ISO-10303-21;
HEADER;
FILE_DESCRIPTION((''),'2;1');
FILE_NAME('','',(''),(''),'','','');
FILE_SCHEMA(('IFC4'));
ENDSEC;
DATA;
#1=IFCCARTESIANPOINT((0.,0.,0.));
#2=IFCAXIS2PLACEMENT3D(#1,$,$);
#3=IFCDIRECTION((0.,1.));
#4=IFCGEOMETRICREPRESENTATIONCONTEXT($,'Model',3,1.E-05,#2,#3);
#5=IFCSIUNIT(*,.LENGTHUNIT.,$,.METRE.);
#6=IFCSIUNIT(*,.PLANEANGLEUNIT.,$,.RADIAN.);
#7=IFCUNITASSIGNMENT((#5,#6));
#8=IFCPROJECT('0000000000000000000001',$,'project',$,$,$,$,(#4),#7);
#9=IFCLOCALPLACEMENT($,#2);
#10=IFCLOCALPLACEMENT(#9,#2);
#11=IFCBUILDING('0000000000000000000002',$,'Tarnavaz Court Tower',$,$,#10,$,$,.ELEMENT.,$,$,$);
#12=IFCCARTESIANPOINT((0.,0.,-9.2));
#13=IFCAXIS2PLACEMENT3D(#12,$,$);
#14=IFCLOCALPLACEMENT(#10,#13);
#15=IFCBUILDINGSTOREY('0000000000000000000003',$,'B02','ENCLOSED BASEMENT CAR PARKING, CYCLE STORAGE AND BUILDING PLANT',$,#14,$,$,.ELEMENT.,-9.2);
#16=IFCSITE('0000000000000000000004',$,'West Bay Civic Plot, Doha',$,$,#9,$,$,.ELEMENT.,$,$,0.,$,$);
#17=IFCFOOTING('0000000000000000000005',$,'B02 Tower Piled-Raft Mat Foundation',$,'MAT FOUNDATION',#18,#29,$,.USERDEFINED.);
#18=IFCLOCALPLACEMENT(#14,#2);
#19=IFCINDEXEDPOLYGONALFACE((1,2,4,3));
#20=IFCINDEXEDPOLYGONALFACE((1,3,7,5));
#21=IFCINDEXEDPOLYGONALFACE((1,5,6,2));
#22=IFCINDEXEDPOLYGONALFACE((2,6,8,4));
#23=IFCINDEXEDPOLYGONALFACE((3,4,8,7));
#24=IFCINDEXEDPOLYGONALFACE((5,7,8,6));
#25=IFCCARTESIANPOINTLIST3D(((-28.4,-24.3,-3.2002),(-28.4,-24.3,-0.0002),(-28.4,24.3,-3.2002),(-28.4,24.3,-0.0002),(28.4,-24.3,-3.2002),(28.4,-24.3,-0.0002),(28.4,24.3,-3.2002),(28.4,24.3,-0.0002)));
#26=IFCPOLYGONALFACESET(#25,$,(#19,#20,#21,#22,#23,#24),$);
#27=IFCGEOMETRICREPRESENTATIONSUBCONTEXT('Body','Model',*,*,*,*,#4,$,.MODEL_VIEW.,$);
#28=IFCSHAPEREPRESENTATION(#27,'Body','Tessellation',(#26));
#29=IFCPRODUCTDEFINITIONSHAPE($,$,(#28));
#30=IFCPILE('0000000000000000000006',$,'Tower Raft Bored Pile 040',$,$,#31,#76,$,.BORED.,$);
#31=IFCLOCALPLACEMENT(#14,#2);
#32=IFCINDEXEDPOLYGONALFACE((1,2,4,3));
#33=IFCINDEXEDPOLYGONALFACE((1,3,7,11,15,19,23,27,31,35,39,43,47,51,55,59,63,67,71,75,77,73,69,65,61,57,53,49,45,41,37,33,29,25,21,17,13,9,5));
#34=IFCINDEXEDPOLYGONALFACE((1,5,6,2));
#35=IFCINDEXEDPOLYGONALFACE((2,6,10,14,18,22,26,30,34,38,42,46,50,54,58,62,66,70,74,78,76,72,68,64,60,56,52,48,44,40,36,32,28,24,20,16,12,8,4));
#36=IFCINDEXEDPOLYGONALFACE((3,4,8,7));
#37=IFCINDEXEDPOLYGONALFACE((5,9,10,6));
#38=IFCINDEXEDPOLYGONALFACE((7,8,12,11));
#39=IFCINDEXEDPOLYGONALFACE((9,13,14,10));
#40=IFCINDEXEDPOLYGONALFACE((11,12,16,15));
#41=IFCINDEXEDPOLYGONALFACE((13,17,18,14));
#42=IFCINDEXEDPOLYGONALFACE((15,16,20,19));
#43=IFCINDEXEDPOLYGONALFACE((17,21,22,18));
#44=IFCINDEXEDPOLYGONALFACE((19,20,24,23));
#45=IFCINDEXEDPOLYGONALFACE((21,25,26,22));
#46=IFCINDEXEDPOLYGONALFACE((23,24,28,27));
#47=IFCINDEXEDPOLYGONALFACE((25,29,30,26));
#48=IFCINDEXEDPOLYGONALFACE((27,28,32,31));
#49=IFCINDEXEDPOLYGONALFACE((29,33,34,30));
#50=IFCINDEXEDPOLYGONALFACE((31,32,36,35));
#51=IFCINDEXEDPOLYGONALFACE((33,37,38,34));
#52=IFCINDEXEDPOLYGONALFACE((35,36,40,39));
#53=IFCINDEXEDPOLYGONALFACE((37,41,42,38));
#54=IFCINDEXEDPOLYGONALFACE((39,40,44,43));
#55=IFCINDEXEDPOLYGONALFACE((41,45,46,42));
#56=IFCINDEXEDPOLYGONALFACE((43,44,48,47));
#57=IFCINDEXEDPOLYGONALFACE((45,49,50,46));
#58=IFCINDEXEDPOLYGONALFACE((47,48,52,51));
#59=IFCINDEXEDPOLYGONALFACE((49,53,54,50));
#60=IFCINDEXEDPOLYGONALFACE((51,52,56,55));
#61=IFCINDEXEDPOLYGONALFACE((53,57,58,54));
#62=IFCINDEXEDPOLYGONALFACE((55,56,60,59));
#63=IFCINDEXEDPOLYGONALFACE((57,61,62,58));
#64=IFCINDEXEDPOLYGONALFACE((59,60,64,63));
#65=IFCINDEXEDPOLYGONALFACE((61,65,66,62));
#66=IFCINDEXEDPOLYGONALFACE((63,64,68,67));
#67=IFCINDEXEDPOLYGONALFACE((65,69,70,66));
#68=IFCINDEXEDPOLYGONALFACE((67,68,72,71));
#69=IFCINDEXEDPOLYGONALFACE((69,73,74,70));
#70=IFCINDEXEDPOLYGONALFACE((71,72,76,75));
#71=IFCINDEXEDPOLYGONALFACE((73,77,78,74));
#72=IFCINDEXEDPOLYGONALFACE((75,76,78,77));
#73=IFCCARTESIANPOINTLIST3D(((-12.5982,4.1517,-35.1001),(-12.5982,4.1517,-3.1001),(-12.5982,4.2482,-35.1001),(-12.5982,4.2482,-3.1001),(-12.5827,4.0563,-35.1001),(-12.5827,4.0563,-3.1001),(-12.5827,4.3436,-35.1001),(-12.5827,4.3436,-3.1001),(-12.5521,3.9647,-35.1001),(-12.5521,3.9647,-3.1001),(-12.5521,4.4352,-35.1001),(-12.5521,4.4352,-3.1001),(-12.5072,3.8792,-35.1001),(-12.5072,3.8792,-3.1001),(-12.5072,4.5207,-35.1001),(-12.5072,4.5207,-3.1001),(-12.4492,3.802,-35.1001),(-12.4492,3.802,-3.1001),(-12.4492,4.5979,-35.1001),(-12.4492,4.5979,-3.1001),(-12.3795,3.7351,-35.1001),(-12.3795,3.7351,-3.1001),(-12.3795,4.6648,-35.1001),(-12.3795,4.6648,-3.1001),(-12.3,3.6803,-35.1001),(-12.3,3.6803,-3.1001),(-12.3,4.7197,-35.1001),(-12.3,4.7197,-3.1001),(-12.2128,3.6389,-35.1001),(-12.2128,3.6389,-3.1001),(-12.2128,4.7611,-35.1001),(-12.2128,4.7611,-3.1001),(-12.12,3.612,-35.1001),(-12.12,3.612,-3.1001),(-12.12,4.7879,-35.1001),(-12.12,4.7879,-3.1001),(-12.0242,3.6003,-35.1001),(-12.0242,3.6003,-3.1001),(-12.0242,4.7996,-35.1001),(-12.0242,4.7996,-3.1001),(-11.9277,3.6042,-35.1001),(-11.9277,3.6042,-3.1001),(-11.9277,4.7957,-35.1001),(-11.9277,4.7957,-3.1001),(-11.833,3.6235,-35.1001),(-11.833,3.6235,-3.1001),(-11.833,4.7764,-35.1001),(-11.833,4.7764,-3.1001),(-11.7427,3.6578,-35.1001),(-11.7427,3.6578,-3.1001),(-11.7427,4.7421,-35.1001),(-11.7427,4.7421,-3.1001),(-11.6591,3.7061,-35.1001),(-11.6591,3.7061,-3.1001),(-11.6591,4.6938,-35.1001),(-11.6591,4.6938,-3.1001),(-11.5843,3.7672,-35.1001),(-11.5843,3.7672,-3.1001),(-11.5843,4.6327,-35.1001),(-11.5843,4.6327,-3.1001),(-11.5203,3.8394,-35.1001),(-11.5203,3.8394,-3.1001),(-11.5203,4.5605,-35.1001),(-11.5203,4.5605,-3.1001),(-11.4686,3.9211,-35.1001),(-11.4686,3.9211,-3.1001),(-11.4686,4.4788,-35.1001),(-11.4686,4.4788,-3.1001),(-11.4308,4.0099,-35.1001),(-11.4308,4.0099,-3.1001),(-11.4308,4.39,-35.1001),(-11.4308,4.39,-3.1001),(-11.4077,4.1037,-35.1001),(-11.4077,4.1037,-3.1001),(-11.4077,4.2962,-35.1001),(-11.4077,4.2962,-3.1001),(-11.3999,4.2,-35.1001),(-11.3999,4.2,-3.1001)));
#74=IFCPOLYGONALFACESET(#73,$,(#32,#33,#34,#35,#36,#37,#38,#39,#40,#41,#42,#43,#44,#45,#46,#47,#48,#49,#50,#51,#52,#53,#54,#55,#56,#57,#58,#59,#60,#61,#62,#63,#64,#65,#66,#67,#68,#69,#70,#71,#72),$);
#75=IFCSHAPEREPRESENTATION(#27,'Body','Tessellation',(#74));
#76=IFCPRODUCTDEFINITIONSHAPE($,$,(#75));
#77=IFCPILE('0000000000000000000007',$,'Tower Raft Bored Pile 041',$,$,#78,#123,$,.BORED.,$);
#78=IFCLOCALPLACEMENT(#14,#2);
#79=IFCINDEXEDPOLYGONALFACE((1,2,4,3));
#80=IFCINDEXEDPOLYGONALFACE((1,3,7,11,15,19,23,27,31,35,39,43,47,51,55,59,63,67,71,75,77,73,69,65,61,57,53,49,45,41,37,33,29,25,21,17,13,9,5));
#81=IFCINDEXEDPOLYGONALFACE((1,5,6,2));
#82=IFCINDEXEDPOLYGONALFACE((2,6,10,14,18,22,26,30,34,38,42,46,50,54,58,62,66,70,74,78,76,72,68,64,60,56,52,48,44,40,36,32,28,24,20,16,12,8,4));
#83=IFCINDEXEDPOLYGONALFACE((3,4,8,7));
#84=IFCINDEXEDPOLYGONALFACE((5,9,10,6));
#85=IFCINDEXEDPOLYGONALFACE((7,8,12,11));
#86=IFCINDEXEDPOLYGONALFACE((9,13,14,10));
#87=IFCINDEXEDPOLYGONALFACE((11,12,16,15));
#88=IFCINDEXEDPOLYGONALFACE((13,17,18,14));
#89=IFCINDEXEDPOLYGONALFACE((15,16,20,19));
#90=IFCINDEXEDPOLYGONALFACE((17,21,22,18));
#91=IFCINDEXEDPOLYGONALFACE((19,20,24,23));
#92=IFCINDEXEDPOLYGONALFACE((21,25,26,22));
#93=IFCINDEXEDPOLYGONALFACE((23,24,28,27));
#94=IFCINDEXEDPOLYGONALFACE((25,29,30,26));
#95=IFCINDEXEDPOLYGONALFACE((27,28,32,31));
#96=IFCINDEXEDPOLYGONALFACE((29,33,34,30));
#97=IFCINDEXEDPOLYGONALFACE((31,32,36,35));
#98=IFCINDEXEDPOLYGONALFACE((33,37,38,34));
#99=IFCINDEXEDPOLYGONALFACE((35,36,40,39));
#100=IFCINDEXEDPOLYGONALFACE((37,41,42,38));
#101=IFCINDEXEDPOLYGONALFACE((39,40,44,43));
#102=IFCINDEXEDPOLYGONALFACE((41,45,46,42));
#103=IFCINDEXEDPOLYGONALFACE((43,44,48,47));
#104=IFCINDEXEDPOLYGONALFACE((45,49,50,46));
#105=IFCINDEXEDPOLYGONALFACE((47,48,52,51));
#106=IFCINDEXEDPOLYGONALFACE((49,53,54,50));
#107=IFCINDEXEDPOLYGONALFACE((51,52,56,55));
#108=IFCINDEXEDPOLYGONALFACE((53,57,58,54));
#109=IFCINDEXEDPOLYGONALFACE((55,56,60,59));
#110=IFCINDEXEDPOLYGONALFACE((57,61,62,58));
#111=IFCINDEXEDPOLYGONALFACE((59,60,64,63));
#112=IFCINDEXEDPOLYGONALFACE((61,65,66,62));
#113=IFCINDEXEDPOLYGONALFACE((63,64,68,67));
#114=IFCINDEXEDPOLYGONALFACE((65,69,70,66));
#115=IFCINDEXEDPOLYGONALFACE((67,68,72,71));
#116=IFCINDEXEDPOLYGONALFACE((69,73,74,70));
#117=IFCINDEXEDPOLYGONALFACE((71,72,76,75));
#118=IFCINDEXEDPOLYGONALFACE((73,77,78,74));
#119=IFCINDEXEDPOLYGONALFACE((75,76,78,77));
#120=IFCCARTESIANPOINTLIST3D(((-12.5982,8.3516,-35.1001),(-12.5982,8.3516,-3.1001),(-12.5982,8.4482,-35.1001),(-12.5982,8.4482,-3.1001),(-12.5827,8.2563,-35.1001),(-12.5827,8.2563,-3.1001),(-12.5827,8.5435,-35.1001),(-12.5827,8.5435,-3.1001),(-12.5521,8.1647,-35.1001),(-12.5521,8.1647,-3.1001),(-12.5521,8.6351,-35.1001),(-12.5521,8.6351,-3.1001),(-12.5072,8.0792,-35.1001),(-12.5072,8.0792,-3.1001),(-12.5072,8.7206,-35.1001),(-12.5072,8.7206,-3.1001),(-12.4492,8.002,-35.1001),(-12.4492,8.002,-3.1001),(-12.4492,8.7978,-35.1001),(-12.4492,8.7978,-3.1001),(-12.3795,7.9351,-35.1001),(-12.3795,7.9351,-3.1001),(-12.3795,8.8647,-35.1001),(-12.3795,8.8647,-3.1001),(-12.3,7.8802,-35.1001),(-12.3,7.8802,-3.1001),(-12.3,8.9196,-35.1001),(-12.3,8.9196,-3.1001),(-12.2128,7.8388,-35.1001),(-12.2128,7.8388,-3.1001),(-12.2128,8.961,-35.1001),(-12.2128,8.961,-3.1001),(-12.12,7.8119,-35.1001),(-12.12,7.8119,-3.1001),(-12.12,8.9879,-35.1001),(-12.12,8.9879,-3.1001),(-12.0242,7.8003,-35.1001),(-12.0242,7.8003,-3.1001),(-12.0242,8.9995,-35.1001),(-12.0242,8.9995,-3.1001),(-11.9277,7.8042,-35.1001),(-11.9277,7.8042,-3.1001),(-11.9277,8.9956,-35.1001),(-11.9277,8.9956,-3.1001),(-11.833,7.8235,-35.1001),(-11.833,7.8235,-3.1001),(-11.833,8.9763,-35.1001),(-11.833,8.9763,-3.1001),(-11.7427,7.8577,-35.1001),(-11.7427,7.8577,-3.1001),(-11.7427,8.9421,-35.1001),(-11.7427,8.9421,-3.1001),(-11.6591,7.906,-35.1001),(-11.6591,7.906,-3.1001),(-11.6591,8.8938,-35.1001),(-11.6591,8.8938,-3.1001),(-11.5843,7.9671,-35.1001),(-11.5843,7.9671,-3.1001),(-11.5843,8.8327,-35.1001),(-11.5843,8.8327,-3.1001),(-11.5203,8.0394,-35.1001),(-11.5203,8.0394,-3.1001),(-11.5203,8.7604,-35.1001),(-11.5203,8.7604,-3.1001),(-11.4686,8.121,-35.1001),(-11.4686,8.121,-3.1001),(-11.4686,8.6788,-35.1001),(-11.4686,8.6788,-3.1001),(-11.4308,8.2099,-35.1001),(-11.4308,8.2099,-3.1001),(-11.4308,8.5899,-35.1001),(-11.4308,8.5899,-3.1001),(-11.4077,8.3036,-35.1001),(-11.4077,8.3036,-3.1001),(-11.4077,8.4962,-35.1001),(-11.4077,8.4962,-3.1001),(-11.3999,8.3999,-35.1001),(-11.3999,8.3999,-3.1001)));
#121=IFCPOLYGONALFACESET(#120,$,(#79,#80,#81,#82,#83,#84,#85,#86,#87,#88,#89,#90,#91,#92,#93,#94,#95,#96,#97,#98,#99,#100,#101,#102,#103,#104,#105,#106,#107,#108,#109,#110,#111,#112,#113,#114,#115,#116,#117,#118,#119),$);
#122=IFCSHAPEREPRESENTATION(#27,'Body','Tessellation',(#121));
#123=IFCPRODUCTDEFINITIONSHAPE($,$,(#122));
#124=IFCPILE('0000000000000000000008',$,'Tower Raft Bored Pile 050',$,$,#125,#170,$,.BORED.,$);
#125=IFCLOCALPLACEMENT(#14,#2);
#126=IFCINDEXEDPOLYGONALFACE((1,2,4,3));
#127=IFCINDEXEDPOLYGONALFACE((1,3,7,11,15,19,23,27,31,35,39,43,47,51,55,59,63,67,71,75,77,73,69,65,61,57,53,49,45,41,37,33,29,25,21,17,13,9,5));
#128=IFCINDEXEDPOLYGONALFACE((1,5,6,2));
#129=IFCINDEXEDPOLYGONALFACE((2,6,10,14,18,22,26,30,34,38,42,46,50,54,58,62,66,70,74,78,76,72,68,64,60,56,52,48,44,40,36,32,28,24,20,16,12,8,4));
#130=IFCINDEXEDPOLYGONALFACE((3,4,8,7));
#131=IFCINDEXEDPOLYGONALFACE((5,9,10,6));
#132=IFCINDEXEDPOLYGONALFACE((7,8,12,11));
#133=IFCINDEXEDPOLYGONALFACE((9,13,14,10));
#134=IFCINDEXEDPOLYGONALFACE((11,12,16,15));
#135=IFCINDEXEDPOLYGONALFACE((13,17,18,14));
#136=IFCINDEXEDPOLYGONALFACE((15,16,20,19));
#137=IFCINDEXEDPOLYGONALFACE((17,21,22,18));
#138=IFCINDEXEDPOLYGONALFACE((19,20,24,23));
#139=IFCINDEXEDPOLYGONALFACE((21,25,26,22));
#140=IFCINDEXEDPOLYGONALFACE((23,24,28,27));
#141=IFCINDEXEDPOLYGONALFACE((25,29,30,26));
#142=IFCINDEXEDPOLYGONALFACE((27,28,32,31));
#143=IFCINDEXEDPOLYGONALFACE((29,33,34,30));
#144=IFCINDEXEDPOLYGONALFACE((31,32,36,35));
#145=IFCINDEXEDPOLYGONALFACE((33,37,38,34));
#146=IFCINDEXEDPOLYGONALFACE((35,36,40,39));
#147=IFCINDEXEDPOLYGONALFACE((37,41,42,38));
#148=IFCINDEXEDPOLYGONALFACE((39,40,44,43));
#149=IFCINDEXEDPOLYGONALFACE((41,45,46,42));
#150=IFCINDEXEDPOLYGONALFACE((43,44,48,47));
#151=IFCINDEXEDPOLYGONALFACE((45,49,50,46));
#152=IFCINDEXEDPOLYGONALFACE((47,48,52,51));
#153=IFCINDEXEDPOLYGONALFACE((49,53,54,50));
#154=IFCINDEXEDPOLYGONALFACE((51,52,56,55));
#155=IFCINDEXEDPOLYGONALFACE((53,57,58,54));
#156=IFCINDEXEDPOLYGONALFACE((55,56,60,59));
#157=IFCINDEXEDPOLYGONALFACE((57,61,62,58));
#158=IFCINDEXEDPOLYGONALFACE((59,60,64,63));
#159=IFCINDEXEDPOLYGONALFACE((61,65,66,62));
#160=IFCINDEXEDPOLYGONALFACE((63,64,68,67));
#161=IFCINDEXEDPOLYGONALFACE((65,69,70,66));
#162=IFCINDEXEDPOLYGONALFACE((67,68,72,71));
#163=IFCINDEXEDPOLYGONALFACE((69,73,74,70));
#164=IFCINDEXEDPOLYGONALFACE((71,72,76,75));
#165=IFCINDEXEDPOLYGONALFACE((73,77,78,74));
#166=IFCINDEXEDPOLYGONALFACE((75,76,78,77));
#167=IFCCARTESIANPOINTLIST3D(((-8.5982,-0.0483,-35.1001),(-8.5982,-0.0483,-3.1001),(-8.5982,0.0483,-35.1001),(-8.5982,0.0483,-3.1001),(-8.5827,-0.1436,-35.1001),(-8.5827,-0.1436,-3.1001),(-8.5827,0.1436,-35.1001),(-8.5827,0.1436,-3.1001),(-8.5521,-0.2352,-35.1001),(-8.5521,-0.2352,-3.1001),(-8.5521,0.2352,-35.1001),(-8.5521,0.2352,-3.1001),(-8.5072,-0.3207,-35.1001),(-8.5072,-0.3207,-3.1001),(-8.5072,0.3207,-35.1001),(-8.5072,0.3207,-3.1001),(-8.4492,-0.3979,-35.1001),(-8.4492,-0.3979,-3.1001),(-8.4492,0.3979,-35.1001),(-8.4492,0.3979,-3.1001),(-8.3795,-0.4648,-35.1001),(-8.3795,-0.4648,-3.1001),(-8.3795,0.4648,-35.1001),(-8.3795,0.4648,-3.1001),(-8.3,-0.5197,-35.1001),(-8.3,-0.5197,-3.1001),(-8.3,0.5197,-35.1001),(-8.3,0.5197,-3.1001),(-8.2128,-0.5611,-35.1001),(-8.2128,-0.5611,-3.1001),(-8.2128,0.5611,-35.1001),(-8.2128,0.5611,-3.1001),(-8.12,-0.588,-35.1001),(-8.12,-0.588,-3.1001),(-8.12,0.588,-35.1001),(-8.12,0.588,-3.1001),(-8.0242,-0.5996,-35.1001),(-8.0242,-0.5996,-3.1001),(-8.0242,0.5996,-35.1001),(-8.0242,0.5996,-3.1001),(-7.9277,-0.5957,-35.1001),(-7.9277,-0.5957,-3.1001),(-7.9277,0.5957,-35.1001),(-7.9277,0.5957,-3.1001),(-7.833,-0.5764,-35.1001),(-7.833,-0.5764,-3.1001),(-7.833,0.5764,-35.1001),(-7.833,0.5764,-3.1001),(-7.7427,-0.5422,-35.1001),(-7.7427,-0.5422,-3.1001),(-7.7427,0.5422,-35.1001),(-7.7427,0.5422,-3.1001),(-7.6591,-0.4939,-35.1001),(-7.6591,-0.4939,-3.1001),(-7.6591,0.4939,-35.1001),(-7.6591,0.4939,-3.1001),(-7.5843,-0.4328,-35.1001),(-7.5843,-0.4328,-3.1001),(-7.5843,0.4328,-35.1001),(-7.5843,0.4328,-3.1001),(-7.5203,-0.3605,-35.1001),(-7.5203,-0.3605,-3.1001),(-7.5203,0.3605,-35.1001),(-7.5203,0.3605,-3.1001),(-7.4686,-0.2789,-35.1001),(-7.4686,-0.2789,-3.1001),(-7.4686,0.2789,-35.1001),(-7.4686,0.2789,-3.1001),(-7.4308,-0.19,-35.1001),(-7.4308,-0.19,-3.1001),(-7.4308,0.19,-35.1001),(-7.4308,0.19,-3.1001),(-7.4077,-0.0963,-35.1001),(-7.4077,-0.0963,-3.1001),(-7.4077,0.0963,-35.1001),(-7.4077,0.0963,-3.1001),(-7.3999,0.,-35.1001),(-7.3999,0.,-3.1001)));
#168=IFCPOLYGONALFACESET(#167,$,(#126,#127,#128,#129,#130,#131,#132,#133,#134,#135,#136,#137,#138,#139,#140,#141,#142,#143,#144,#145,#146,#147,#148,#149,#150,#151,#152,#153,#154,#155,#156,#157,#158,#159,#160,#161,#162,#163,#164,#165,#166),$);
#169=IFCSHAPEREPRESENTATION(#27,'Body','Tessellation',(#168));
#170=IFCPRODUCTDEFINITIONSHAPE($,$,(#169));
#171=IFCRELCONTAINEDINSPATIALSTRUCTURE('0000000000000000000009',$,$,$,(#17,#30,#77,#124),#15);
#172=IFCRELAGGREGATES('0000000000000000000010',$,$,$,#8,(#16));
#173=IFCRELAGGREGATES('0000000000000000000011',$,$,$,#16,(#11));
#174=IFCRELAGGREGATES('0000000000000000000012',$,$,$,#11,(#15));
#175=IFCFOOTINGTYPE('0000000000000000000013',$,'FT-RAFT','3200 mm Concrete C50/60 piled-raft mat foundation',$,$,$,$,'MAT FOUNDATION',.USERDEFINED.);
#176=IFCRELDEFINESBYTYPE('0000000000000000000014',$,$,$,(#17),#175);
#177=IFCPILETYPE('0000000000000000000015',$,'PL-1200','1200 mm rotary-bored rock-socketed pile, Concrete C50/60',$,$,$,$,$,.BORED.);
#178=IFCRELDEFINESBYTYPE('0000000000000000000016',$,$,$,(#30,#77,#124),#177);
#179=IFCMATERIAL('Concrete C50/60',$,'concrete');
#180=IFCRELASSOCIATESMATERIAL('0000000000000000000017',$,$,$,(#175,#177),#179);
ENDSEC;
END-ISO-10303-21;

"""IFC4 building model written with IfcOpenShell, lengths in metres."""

from ifc_helpers import new_model, si_unit, direction, frame, origin, origin_2d, place, context, subcontext, project, spatial, rectangle, circle, extrude, material, material_profile, profile_set, type_object, element, save


model = new_model("IFC4")

# Units and contexts
model_context = context("Model", 3, precision=1e-05, world=origin(), true_north=direction((0.0, 1.0)))
body_context = subcontext(model_context, "Body", "Model", "MODEL_VIEW")
ifc_project = project(units=[si_unit("LENGTHUNIT", "METRE"), si_unit("PLANEANGLEUNIT", "RADIAN")], contexts=[model_context])

# Site, building, storey
site_placement = place(None, origin())
site = spatial("IfcSite", under=ifc_project, at=site_placement, Name="West Bay Civic Plot, Doha", CompositionType="ELEMENT", RefElevation=0.0)
building_placement = place(site_placement, origin())
building = spatial("IfcBuilding", under=site, at=building_placement, Name="Tarnavaz Court Tower", CompositionType="ELEMENT")
storey_placement = place(building_placement, frame((0.0, 0.0, -9.2)))
storey = spatial("IfcBuildingStorey", under=building, at=storey_placement, Name="B02", Description="ENCLOSED BASEMENT CAR PARKING, CYCLE STORAGE AND BUILDING PLANT", CompositionType="ELEMENT", Elevation=-9.2)

# Footing
ifc_material_1 = material(Name="Concrete C50/60", Category="concrete")
footing_type = type_object("IfcFootingType", Name="FT-RAFT", Description="3200 mm Concrete C50/60 piled-raft mat foundation", ElementType="MAT FOUNDATION", PredefinedType="USERDEFINED", material=ifc_material_1)
footing_placement = place(storey_placement, frame((0.0, 0.0, -3.2002), z_axis=(0.0, 0.0, 1.0), x_axis=(1.0, 0.0, 0.0)))
element("IfcFooting", 1, at=footing_placement, inside=storey, type_object=footing_type, Name="B02 Tower Piled-Raft Mat Foundation", ObjectType="MAT FOUNDATION", PredefinedType="USERDEFINED", context=body_context, shape_type="SweptSolid", body=[
    extrude(rectangle(XDim=56.8, YDim=48.6001, at=origin_2d()), origin(), (0.0, 0.0, 1.0), 3.2),
])

# Piles
ifc_material_profile_1 = material_profile(ifc_material_1, circle(Radius=0.6001, at=origin_2d()), Name="PILE D1200")
ifc_profile_set_1 = profile_set([ifc_material_profile_1], Name="Concrete C50/60")
pile_type = type_object("IfcPileType", Name="PL-1200", Description="1200 mm rotary-bored rock-socketed pile, Concrete C50/60", PredefinedType="BORED", material=ifc_profile_set_1)
for number, where, z_axis, x_axis, name in (
    (2, (-12.0, 4.2, -3.1001), (0.0, 0.0, -1.0), (1.0, 0.0, 0.0), "Tower Raft Bored Pile 040"),
    (3, (-12.0, 8.3999, -3.1001), (0.0, 0.0, -1.0), (1.0, 0.0, 0.0), "Tower Raft Bored Pile 041"),
    (4, (-8.0, 0.0, -3.1001), (0.0, 0.0, -1.0), (1.0, 0.0, 0.0), "Tower Raft Bored Pile 050"),
):
    element("IfcPile", number, at=place(storey_placement, frame(where, z_axis=z_axis, x_axis=x_axis)), inside=storey, type_object=pile_type, Name=name, PredefinedType="BORED", context=body_context, shape_type="SweptSolid", body=[
        extrude(circle(Radius=0.6001, at=origin_2d()), origin(), (0.0, 0.0, 1.0), 32.0),
    ])

save(model, "model.ifc")
